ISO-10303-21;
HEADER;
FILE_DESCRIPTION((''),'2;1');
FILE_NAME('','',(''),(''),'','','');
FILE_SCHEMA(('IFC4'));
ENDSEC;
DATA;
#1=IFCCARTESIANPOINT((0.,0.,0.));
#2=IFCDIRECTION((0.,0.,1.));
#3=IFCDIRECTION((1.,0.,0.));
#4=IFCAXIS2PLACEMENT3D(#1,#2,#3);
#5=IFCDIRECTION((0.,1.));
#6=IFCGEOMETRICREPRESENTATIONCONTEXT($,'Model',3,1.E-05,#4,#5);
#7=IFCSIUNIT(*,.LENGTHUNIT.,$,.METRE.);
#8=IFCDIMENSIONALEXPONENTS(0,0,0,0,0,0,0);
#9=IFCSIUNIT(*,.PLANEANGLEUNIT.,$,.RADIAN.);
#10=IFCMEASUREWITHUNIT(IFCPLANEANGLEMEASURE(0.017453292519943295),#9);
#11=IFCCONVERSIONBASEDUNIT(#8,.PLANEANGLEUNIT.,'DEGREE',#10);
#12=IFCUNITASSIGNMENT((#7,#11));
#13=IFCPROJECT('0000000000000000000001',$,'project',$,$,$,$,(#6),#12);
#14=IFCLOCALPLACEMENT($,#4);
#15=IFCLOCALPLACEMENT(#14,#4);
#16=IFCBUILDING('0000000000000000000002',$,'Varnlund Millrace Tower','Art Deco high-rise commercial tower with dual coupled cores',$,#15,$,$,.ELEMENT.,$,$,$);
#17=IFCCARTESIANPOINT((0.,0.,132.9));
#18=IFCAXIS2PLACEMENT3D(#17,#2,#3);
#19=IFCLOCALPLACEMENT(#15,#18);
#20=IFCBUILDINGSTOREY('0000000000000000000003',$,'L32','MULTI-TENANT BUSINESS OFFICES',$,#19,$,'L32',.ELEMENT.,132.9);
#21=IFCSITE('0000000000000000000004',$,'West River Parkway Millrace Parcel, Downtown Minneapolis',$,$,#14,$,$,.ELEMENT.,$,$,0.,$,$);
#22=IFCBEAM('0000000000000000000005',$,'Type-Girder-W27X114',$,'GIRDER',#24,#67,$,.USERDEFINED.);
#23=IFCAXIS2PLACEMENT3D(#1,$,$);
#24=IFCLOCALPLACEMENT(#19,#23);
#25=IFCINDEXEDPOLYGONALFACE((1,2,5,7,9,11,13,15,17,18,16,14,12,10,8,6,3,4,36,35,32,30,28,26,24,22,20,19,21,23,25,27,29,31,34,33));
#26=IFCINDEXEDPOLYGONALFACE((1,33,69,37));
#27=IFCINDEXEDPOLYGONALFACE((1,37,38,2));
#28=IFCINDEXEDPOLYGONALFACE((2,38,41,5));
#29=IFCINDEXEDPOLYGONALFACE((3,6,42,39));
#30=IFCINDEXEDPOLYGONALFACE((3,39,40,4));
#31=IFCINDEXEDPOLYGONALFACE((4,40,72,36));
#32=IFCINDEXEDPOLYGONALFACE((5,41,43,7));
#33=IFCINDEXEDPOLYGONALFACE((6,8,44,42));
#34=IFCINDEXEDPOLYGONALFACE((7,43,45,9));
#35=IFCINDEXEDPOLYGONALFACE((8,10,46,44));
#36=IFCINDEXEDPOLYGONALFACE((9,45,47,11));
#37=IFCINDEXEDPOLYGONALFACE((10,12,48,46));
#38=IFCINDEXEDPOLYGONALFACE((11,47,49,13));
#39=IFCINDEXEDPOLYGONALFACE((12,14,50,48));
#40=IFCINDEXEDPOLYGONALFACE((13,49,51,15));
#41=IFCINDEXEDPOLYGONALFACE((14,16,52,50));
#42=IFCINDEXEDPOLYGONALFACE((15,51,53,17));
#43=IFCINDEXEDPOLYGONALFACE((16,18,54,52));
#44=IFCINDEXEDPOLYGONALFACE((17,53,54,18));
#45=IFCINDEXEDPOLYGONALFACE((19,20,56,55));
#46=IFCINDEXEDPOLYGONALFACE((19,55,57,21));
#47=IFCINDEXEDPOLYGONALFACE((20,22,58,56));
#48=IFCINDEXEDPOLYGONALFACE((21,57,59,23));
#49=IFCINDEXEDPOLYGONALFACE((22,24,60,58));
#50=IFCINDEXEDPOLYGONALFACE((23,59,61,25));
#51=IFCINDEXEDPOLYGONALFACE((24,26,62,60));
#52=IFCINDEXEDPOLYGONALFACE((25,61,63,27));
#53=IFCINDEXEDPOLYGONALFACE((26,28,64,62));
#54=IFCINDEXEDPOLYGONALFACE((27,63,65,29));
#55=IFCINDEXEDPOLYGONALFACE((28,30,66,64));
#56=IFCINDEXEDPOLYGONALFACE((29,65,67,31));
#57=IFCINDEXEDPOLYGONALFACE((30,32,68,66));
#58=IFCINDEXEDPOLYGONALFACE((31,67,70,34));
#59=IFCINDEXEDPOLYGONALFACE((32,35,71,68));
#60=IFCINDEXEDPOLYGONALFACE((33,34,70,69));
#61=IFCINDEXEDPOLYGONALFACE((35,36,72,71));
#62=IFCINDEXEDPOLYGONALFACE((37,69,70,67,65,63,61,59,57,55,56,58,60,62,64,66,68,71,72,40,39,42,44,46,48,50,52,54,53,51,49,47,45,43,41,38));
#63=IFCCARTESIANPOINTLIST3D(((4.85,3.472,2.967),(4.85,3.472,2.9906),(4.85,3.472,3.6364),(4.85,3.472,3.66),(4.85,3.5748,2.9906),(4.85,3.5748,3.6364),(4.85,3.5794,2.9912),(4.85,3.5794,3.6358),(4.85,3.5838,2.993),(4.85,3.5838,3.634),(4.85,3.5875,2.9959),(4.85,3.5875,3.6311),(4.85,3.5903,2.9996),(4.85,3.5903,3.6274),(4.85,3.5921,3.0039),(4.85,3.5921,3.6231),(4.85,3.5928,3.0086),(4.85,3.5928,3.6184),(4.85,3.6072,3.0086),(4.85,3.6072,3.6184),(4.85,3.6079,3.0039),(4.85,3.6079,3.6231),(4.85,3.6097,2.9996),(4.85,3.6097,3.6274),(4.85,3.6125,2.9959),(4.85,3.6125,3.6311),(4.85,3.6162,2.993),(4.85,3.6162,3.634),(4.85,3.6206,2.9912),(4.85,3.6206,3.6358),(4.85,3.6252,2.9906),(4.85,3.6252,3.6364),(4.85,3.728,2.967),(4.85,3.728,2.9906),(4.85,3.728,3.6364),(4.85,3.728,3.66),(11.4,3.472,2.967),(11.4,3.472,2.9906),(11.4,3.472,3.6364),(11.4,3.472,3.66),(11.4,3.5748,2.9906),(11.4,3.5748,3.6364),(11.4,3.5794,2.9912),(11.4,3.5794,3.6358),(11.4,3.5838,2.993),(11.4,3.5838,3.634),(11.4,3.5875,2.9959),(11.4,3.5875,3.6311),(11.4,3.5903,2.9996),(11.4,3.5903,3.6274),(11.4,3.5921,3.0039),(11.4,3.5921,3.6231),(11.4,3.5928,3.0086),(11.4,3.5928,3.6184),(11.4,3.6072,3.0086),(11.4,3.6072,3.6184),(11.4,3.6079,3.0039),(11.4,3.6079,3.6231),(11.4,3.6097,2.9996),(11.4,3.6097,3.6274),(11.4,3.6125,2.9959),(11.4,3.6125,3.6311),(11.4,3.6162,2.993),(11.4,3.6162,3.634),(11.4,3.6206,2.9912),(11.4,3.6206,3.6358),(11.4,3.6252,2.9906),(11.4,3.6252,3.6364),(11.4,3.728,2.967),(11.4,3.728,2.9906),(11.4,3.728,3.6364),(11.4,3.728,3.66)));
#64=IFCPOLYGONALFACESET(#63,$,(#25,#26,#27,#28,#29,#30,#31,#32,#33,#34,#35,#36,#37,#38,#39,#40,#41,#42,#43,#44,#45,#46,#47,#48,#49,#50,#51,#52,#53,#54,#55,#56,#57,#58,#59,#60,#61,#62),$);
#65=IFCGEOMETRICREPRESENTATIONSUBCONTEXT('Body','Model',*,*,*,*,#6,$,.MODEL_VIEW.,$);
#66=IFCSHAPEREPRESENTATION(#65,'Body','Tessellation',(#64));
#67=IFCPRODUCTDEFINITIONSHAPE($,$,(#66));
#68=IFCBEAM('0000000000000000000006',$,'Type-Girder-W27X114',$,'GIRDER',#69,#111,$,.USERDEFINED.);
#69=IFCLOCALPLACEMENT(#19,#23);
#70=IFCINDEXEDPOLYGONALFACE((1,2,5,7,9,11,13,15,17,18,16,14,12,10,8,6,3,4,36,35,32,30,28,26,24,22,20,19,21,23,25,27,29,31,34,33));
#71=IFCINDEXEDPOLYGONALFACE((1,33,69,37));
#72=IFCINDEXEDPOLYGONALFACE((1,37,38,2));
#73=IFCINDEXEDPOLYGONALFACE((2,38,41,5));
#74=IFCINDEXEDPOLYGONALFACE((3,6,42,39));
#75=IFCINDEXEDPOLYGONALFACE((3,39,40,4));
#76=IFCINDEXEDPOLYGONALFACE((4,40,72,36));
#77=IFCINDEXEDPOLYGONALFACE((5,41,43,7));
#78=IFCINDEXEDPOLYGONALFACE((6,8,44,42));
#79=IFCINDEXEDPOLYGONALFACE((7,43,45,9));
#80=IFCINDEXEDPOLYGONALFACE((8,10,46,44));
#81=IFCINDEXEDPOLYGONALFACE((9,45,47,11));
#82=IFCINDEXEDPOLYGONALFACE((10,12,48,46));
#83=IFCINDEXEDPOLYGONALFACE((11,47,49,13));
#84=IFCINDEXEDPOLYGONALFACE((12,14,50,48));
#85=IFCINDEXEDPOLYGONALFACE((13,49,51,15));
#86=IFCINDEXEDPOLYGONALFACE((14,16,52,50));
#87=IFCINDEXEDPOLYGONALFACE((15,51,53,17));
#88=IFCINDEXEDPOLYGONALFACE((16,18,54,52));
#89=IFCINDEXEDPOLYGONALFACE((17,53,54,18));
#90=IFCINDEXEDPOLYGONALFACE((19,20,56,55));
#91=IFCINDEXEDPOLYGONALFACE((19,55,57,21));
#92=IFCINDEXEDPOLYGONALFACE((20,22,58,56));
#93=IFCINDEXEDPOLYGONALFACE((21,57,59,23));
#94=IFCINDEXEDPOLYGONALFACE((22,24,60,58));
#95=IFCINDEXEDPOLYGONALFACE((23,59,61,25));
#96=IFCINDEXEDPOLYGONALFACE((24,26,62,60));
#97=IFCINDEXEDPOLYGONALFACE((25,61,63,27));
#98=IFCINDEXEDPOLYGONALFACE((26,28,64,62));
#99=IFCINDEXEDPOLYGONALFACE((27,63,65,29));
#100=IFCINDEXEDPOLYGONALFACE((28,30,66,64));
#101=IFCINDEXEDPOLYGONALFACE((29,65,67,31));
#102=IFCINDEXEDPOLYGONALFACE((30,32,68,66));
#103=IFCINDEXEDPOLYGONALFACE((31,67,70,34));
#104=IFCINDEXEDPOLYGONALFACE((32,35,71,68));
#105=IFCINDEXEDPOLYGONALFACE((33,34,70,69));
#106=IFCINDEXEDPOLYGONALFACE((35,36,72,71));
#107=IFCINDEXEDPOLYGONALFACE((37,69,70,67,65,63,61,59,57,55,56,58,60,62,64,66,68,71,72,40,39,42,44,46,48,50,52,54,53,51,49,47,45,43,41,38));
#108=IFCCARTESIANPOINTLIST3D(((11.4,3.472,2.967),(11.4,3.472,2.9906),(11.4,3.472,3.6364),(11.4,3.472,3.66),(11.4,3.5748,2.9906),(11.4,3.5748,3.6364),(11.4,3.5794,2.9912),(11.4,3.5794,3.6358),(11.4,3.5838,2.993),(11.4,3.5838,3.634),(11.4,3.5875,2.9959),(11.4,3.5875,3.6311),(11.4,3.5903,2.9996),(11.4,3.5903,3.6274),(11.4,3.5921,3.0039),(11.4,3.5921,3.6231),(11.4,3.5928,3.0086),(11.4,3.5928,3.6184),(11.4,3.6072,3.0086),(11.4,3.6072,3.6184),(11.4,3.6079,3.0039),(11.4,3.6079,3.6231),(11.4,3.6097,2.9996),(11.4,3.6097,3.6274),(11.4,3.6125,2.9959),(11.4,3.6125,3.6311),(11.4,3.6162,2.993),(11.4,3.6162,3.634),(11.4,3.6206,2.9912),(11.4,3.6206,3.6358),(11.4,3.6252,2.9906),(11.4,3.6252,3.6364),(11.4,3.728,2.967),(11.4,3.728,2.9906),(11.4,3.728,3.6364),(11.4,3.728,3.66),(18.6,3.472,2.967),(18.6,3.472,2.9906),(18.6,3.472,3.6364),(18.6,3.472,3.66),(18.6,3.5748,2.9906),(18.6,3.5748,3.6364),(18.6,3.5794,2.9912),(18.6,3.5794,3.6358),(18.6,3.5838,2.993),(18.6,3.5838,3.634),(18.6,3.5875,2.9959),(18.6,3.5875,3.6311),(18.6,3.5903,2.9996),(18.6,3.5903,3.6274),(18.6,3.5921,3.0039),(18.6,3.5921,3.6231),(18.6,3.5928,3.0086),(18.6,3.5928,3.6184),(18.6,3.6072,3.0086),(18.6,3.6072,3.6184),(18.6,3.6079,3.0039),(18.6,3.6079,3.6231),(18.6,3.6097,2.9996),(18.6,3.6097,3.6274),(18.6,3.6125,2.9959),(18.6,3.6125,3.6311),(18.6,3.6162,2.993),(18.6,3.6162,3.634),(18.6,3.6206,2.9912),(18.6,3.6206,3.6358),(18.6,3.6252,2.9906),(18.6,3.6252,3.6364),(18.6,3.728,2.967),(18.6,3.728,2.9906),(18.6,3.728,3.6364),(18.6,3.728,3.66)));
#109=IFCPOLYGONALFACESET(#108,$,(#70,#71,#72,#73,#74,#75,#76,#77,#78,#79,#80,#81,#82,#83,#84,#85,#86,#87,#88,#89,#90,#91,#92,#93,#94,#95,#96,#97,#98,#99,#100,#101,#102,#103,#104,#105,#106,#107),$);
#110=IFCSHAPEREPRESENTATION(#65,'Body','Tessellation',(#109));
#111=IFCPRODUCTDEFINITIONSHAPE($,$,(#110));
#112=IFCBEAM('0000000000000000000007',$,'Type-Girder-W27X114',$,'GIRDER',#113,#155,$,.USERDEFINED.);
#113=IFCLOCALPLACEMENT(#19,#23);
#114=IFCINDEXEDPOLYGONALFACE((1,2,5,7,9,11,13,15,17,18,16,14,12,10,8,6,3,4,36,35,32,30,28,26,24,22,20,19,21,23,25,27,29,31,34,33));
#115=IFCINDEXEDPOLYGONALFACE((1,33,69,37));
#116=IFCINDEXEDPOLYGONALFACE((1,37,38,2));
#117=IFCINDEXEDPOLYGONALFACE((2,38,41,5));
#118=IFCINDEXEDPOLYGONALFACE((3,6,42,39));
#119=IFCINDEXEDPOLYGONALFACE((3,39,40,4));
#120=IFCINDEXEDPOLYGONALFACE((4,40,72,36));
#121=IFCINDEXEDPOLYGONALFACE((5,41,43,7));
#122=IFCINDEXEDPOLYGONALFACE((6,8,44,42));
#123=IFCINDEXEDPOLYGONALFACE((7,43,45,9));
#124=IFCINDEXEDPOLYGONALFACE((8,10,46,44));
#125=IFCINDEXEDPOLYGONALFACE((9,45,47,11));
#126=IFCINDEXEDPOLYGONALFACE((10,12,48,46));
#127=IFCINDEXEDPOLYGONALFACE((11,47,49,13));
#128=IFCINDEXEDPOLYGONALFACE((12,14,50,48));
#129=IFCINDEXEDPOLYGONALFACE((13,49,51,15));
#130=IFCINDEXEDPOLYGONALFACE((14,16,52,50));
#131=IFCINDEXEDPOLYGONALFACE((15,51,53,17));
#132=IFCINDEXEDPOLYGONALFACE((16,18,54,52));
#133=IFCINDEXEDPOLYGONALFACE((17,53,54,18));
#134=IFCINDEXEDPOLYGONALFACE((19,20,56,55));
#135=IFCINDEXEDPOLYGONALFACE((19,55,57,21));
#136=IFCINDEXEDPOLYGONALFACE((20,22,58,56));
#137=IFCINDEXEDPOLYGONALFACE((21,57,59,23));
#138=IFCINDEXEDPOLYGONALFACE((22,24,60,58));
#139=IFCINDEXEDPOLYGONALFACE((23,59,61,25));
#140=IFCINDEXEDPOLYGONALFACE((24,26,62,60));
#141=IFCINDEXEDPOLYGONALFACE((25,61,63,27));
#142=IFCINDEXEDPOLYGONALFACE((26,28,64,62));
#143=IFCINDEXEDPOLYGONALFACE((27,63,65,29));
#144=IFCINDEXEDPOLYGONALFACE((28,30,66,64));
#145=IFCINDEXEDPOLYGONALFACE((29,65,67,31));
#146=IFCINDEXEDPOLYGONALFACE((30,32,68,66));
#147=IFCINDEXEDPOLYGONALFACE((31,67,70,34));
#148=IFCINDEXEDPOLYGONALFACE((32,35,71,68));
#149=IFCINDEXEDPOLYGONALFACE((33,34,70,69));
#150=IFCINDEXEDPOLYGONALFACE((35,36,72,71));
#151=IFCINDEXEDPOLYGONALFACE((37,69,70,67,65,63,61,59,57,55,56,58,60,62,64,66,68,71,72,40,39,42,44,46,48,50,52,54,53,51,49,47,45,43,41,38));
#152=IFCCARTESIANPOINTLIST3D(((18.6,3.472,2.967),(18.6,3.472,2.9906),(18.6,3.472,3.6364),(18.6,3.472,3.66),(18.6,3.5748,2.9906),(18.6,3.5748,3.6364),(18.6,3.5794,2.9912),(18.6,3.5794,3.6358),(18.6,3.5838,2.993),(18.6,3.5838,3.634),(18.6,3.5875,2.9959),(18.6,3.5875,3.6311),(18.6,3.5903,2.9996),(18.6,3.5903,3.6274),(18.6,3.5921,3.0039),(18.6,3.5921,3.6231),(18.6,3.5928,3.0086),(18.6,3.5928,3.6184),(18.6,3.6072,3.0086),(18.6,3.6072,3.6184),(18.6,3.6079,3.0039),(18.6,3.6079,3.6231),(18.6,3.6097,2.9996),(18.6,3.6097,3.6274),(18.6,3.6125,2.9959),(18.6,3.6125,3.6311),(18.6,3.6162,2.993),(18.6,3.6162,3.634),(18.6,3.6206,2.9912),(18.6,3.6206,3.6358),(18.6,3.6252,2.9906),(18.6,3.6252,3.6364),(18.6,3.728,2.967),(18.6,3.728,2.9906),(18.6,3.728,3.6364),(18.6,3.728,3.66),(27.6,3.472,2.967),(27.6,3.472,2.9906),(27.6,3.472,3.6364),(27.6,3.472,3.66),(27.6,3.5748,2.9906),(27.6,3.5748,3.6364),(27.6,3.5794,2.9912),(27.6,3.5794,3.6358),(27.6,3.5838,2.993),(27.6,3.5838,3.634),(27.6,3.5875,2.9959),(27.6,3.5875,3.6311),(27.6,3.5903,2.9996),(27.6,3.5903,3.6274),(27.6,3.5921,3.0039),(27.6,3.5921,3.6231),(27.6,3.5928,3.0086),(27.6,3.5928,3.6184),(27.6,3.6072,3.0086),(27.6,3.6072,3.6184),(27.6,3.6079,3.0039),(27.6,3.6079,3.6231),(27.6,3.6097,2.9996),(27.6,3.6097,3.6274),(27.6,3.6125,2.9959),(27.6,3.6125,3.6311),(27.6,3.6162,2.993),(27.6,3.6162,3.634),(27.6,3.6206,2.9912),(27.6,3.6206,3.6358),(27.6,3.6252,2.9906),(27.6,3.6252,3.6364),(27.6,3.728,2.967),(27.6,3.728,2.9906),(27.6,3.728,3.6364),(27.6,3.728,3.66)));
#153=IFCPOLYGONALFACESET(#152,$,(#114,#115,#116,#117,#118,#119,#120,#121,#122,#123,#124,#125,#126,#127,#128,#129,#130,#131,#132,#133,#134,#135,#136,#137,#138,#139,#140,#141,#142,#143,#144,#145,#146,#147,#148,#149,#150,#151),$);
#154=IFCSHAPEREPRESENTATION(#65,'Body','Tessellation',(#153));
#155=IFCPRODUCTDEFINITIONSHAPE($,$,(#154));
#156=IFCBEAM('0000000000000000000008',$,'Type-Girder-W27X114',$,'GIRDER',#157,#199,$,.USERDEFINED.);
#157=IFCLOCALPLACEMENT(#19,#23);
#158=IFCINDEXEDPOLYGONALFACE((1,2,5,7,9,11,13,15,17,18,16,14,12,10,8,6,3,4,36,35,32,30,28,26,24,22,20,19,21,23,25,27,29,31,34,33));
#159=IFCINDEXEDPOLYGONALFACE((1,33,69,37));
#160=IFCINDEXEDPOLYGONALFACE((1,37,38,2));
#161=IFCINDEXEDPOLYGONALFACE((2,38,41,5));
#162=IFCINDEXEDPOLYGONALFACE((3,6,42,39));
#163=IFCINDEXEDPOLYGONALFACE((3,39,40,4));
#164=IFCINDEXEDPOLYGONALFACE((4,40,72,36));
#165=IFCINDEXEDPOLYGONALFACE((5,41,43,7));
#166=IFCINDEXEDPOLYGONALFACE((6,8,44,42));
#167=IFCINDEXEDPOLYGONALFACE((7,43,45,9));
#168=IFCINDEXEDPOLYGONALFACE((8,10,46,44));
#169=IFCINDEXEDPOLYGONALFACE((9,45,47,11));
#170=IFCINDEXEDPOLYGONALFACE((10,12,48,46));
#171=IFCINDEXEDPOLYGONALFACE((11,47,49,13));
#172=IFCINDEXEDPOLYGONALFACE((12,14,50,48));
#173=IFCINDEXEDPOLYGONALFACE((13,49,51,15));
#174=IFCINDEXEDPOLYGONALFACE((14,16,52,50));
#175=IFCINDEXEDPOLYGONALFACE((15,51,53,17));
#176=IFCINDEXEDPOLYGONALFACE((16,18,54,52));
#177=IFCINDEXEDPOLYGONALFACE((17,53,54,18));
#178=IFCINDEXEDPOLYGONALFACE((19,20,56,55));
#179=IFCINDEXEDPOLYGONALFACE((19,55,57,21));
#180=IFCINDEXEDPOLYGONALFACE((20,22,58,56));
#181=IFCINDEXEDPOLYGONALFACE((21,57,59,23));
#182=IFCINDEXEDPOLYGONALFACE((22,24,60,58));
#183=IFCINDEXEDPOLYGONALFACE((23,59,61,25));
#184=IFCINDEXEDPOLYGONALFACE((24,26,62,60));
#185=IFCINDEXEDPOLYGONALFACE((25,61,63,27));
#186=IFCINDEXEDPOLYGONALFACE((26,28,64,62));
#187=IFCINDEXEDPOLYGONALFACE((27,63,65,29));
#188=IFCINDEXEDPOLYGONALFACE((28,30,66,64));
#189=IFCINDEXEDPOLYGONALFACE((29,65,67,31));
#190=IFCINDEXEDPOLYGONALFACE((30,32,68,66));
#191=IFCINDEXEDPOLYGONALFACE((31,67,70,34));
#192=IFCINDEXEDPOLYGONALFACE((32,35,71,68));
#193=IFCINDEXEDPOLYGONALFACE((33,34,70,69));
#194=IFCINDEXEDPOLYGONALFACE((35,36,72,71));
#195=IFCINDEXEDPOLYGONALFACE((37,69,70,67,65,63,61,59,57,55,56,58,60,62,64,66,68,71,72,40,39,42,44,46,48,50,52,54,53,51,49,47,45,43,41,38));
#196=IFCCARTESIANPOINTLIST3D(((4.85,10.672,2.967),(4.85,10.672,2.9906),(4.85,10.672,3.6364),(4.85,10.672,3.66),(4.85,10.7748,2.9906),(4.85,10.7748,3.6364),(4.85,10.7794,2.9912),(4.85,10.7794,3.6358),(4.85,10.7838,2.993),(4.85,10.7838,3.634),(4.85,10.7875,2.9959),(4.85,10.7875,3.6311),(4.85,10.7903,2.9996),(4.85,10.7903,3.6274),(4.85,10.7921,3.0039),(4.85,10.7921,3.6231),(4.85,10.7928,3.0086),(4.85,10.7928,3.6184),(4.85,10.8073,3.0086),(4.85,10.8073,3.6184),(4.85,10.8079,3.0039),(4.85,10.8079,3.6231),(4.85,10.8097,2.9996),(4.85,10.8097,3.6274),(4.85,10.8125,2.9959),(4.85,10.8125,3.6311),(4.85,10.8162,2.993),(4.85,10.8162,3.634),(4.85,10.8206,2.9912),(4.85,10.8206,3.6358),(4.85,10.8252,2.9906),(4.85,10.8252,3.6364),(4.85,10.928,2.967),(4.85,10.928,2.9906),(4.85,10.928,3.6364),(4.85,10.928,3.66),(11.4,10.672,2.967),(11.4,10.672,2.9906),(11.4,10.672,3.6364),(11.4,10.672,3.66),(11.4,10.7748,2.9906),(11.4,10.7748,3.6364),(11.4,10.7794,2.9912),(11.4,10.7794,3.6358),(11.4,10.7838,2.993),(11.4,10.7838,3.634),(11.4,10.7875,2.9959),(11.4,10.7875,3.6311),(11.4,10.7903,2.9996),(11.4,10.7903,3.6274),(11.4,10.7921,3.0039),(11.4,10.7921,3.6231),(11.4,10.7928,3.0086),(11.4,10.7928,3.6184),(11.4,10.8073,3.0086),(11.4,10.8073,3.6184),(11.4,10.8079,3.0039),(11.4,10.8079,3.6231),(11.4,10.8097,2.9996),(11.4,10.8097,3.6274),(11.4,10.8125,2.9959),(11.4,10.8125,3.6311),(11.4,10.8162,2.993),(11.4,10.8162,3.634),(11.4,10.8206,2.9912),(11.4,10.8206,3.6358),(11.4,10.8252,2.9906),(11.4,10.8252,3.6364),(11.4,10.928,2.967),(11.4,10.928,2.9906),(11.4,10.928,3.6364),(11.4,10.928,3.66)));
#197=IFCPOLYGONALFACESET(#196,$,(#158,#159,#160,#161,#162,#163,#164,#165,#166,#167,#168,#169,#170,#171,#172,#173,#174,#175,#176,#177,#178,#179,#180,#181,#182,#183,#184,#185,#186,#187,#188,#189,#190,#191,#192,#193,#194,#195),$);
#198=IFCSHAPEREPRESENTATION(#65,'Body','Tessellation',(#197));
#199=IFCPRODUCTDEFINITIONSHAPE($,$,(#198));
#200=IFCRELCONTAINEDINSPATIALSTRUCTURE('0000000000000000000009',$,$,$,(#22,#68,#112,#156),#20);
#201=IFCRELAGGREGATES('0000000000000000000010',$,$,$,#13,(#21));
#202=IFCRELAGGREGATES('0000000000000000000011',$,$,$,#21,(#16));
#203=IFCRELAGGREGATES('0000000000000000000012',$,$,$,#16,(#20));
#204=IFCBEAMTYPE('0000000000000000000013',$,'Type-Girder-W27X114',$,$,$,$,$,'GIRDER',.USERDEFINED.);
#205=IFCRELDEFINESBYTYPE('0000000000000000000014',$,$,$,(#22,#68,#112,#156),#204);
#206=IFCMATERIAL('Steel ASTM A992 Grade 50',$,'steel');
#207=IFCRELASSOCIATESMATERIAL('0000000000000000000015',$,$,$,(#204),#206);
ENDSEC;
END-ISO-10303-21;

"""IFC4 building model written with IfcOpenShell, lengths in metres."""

from ifc_helpers import new_model, entity, si_unit, converted_unit, direction, frame, origin_with_axes, origin_2d_with_axis, place, context, subcontext, project, spatial, i_section, extrude, material, material_profile, profile_set, type_object, element, save


model = new_model("IFC4")

# Units and contexts
model_context = context("Model", 3, precision=1e-05, world=origin_with_axes(), true_north=direction((0.0, 1.0)))
body_context = subcontext(model_context, "Body", "Model", "MODEL_VIEW")
ifc_project = project(units=[si_unit("LENGTHUNIT", "METRE"), converted_unit("PLANEANGLEUNIT", "DEGREE", entity("IfcPlaneAngleMeasure", 0.017453292519943295), si_unit("PLANEANGLEUNIT", "RADIAN"), dimensions=[0, 0, 0, 0, 0, 0, 0])], contexts=[model_context])

# Site, building, storey
site_placement = place(None, origin_with_axes())
site = spatial("IfcSite", under=ifc_project, at=site_placement, Name="West River Parkway Millrace Parcel, Downtown Minneapolis", CompositionType="ELEMENT", RefElevation=0.0)
building_placement = place(site_placement, origin_with_axes())
building = spatial("IfcBuilding", under=site, at=building_placement, Name="Varnlund Millrace Tower", Description="Art Deco high-rise commercial tower with dual coupled cores", CompositionType="ELEMENT")
storey_placement = place(building_placement, frame((0.0, 0.0, 132.9), z_axis=(0.0, 0.0, 1.0), x_axis=(1.0, 0.0, 0.0)))
storey = spatial("IfcBuildingStorey", under=building, at=storey_placement, Name="L32", Description="MULTI-TENANT BUSINESS OFFICES", LongName="L32", CompositionType="ELEMENT", Elevation=132.9)

# Beams
ifc_material_1 = material(Name="Steel ASTM A992 Grade 50", Category="steel")
ifc_material_profile_1 = material_profile(ifc_material_1, i_section(OverallWidth=0.256, OverallDepth=0.693, WebThickness=0.0145, FlangeThickness=0.0236, FilletRadius=0.018, at=origin_2d_with_axis()), Name="Steel ASTM A992 Grade 50")
ifc_profile_set_1 = profile_set([ifc_material_profile_1], Name="Steel ASTM A992 Grade 50")
beam_type_1 = type_object("IfcBeamType", Name="Type-Girder-W27X114", ElementType="GIRDER", PredefinedType="USERDEFINED", material=ifc_profile_set_1)
beam_1_placement = place(storey_placement, frame((4.85, 3.6, 3.3135), z_axis=(1.0, 0.0, 0.0), x_axis=(0.0, 1.0, 0.0)))
element("IfcBeam", 1, at=beam_1_placement, inside=storey, type_object=beam_type_1, Name="Type-Girder-W27X114", ObjectType="GIRDER", PredefinedType="USERDEFINED", context=body_context, shape_type="SweptSolid", body=[
    extrude(i_section(OverallWidth=0.256, OverallDepth=0.693, WebThickness=0.0145, FlangeThickness=0.0236, FilletRadius=0.018, at=origin_2d_with_axis()), origin_with_axes(), (0.0, 0.0, 1.0), 6.55),
])
beam_2_placement = place(storey_placement, frame((11.4, 3.6, 3.3135), z_axis=(1.0, 0.0, 0.0), x_axis=(0.0, 1.0, 0.0)))
element("IfcBeam", 2, at=beam_2_placement, inside=storey, type_object=beam_type_1, Name="Type-Girder-W27X114", ObjectType="GIRDER", PredefinedType="USERDEFINED", context=body_context, shape_type="SweptSolid", body=[
    extrude(i_section(OverallWidth=0.256, OverallDepth=0.693, WebThickness=0.0145, FlangeThickness=0.0236, FilletRadius=0.018, at=origin_2d_with_axis()), origin_with_axes(), (0.0, 0.0, 1.0), 7.2),
])
beam_3_placement = place(storey_placement, frame((18.6, 3.6, 3.3135), z_axis=(1.0, 0.0, 0.0), x_axis=(0.0, 1.0, 0.0)))
element("IfcBeam", 3, at=beam_3_placement, inside=storey, type_object=beam_type_1, Name="Type-Girder-W27X114", ObjectType="GIRDER", PredefinedType="USERDEFINED", context=body_context, shape_type="SweptSolid", body=[
    extrude(i_section(OverallWidth=0.256, OverallDepth=0.693, WebThickness=0.0145, FlangeThickness=0.0236, FilletRadius=0.018, at=origin_2d_with_axis()), origin_with_axes(), (0.0, 0.0, 1.0), 9.0),
])
beam_4_placement = place(storey_placement, frame((4.85, 10.8, 3.3135), z_axis=(1.0, 0.0, 0.0), x_axis=(0.0, 1.0, 0.0)))
element("IfcBeam", 4, at=beam_4_placement, inside=storey, type_object=beam_type_1, Name="Type-Girder-W27X114", ObjectType="GIRDER", PredefinedType="USERDEFINED", context=body_context, shape_type="SweptSolid", body=[
    extrude(i_section(OverallWidth=0.256, OverallDepth=0.693, WebThickness=0.0145, FlangeThickness=0.0236, FilletRadius=0.018, at=origin_2d_with_axis()), origin_with_axes(), (0.0, 0.0, 1.0), 6.55),
])

save(model, "model.ifc")
